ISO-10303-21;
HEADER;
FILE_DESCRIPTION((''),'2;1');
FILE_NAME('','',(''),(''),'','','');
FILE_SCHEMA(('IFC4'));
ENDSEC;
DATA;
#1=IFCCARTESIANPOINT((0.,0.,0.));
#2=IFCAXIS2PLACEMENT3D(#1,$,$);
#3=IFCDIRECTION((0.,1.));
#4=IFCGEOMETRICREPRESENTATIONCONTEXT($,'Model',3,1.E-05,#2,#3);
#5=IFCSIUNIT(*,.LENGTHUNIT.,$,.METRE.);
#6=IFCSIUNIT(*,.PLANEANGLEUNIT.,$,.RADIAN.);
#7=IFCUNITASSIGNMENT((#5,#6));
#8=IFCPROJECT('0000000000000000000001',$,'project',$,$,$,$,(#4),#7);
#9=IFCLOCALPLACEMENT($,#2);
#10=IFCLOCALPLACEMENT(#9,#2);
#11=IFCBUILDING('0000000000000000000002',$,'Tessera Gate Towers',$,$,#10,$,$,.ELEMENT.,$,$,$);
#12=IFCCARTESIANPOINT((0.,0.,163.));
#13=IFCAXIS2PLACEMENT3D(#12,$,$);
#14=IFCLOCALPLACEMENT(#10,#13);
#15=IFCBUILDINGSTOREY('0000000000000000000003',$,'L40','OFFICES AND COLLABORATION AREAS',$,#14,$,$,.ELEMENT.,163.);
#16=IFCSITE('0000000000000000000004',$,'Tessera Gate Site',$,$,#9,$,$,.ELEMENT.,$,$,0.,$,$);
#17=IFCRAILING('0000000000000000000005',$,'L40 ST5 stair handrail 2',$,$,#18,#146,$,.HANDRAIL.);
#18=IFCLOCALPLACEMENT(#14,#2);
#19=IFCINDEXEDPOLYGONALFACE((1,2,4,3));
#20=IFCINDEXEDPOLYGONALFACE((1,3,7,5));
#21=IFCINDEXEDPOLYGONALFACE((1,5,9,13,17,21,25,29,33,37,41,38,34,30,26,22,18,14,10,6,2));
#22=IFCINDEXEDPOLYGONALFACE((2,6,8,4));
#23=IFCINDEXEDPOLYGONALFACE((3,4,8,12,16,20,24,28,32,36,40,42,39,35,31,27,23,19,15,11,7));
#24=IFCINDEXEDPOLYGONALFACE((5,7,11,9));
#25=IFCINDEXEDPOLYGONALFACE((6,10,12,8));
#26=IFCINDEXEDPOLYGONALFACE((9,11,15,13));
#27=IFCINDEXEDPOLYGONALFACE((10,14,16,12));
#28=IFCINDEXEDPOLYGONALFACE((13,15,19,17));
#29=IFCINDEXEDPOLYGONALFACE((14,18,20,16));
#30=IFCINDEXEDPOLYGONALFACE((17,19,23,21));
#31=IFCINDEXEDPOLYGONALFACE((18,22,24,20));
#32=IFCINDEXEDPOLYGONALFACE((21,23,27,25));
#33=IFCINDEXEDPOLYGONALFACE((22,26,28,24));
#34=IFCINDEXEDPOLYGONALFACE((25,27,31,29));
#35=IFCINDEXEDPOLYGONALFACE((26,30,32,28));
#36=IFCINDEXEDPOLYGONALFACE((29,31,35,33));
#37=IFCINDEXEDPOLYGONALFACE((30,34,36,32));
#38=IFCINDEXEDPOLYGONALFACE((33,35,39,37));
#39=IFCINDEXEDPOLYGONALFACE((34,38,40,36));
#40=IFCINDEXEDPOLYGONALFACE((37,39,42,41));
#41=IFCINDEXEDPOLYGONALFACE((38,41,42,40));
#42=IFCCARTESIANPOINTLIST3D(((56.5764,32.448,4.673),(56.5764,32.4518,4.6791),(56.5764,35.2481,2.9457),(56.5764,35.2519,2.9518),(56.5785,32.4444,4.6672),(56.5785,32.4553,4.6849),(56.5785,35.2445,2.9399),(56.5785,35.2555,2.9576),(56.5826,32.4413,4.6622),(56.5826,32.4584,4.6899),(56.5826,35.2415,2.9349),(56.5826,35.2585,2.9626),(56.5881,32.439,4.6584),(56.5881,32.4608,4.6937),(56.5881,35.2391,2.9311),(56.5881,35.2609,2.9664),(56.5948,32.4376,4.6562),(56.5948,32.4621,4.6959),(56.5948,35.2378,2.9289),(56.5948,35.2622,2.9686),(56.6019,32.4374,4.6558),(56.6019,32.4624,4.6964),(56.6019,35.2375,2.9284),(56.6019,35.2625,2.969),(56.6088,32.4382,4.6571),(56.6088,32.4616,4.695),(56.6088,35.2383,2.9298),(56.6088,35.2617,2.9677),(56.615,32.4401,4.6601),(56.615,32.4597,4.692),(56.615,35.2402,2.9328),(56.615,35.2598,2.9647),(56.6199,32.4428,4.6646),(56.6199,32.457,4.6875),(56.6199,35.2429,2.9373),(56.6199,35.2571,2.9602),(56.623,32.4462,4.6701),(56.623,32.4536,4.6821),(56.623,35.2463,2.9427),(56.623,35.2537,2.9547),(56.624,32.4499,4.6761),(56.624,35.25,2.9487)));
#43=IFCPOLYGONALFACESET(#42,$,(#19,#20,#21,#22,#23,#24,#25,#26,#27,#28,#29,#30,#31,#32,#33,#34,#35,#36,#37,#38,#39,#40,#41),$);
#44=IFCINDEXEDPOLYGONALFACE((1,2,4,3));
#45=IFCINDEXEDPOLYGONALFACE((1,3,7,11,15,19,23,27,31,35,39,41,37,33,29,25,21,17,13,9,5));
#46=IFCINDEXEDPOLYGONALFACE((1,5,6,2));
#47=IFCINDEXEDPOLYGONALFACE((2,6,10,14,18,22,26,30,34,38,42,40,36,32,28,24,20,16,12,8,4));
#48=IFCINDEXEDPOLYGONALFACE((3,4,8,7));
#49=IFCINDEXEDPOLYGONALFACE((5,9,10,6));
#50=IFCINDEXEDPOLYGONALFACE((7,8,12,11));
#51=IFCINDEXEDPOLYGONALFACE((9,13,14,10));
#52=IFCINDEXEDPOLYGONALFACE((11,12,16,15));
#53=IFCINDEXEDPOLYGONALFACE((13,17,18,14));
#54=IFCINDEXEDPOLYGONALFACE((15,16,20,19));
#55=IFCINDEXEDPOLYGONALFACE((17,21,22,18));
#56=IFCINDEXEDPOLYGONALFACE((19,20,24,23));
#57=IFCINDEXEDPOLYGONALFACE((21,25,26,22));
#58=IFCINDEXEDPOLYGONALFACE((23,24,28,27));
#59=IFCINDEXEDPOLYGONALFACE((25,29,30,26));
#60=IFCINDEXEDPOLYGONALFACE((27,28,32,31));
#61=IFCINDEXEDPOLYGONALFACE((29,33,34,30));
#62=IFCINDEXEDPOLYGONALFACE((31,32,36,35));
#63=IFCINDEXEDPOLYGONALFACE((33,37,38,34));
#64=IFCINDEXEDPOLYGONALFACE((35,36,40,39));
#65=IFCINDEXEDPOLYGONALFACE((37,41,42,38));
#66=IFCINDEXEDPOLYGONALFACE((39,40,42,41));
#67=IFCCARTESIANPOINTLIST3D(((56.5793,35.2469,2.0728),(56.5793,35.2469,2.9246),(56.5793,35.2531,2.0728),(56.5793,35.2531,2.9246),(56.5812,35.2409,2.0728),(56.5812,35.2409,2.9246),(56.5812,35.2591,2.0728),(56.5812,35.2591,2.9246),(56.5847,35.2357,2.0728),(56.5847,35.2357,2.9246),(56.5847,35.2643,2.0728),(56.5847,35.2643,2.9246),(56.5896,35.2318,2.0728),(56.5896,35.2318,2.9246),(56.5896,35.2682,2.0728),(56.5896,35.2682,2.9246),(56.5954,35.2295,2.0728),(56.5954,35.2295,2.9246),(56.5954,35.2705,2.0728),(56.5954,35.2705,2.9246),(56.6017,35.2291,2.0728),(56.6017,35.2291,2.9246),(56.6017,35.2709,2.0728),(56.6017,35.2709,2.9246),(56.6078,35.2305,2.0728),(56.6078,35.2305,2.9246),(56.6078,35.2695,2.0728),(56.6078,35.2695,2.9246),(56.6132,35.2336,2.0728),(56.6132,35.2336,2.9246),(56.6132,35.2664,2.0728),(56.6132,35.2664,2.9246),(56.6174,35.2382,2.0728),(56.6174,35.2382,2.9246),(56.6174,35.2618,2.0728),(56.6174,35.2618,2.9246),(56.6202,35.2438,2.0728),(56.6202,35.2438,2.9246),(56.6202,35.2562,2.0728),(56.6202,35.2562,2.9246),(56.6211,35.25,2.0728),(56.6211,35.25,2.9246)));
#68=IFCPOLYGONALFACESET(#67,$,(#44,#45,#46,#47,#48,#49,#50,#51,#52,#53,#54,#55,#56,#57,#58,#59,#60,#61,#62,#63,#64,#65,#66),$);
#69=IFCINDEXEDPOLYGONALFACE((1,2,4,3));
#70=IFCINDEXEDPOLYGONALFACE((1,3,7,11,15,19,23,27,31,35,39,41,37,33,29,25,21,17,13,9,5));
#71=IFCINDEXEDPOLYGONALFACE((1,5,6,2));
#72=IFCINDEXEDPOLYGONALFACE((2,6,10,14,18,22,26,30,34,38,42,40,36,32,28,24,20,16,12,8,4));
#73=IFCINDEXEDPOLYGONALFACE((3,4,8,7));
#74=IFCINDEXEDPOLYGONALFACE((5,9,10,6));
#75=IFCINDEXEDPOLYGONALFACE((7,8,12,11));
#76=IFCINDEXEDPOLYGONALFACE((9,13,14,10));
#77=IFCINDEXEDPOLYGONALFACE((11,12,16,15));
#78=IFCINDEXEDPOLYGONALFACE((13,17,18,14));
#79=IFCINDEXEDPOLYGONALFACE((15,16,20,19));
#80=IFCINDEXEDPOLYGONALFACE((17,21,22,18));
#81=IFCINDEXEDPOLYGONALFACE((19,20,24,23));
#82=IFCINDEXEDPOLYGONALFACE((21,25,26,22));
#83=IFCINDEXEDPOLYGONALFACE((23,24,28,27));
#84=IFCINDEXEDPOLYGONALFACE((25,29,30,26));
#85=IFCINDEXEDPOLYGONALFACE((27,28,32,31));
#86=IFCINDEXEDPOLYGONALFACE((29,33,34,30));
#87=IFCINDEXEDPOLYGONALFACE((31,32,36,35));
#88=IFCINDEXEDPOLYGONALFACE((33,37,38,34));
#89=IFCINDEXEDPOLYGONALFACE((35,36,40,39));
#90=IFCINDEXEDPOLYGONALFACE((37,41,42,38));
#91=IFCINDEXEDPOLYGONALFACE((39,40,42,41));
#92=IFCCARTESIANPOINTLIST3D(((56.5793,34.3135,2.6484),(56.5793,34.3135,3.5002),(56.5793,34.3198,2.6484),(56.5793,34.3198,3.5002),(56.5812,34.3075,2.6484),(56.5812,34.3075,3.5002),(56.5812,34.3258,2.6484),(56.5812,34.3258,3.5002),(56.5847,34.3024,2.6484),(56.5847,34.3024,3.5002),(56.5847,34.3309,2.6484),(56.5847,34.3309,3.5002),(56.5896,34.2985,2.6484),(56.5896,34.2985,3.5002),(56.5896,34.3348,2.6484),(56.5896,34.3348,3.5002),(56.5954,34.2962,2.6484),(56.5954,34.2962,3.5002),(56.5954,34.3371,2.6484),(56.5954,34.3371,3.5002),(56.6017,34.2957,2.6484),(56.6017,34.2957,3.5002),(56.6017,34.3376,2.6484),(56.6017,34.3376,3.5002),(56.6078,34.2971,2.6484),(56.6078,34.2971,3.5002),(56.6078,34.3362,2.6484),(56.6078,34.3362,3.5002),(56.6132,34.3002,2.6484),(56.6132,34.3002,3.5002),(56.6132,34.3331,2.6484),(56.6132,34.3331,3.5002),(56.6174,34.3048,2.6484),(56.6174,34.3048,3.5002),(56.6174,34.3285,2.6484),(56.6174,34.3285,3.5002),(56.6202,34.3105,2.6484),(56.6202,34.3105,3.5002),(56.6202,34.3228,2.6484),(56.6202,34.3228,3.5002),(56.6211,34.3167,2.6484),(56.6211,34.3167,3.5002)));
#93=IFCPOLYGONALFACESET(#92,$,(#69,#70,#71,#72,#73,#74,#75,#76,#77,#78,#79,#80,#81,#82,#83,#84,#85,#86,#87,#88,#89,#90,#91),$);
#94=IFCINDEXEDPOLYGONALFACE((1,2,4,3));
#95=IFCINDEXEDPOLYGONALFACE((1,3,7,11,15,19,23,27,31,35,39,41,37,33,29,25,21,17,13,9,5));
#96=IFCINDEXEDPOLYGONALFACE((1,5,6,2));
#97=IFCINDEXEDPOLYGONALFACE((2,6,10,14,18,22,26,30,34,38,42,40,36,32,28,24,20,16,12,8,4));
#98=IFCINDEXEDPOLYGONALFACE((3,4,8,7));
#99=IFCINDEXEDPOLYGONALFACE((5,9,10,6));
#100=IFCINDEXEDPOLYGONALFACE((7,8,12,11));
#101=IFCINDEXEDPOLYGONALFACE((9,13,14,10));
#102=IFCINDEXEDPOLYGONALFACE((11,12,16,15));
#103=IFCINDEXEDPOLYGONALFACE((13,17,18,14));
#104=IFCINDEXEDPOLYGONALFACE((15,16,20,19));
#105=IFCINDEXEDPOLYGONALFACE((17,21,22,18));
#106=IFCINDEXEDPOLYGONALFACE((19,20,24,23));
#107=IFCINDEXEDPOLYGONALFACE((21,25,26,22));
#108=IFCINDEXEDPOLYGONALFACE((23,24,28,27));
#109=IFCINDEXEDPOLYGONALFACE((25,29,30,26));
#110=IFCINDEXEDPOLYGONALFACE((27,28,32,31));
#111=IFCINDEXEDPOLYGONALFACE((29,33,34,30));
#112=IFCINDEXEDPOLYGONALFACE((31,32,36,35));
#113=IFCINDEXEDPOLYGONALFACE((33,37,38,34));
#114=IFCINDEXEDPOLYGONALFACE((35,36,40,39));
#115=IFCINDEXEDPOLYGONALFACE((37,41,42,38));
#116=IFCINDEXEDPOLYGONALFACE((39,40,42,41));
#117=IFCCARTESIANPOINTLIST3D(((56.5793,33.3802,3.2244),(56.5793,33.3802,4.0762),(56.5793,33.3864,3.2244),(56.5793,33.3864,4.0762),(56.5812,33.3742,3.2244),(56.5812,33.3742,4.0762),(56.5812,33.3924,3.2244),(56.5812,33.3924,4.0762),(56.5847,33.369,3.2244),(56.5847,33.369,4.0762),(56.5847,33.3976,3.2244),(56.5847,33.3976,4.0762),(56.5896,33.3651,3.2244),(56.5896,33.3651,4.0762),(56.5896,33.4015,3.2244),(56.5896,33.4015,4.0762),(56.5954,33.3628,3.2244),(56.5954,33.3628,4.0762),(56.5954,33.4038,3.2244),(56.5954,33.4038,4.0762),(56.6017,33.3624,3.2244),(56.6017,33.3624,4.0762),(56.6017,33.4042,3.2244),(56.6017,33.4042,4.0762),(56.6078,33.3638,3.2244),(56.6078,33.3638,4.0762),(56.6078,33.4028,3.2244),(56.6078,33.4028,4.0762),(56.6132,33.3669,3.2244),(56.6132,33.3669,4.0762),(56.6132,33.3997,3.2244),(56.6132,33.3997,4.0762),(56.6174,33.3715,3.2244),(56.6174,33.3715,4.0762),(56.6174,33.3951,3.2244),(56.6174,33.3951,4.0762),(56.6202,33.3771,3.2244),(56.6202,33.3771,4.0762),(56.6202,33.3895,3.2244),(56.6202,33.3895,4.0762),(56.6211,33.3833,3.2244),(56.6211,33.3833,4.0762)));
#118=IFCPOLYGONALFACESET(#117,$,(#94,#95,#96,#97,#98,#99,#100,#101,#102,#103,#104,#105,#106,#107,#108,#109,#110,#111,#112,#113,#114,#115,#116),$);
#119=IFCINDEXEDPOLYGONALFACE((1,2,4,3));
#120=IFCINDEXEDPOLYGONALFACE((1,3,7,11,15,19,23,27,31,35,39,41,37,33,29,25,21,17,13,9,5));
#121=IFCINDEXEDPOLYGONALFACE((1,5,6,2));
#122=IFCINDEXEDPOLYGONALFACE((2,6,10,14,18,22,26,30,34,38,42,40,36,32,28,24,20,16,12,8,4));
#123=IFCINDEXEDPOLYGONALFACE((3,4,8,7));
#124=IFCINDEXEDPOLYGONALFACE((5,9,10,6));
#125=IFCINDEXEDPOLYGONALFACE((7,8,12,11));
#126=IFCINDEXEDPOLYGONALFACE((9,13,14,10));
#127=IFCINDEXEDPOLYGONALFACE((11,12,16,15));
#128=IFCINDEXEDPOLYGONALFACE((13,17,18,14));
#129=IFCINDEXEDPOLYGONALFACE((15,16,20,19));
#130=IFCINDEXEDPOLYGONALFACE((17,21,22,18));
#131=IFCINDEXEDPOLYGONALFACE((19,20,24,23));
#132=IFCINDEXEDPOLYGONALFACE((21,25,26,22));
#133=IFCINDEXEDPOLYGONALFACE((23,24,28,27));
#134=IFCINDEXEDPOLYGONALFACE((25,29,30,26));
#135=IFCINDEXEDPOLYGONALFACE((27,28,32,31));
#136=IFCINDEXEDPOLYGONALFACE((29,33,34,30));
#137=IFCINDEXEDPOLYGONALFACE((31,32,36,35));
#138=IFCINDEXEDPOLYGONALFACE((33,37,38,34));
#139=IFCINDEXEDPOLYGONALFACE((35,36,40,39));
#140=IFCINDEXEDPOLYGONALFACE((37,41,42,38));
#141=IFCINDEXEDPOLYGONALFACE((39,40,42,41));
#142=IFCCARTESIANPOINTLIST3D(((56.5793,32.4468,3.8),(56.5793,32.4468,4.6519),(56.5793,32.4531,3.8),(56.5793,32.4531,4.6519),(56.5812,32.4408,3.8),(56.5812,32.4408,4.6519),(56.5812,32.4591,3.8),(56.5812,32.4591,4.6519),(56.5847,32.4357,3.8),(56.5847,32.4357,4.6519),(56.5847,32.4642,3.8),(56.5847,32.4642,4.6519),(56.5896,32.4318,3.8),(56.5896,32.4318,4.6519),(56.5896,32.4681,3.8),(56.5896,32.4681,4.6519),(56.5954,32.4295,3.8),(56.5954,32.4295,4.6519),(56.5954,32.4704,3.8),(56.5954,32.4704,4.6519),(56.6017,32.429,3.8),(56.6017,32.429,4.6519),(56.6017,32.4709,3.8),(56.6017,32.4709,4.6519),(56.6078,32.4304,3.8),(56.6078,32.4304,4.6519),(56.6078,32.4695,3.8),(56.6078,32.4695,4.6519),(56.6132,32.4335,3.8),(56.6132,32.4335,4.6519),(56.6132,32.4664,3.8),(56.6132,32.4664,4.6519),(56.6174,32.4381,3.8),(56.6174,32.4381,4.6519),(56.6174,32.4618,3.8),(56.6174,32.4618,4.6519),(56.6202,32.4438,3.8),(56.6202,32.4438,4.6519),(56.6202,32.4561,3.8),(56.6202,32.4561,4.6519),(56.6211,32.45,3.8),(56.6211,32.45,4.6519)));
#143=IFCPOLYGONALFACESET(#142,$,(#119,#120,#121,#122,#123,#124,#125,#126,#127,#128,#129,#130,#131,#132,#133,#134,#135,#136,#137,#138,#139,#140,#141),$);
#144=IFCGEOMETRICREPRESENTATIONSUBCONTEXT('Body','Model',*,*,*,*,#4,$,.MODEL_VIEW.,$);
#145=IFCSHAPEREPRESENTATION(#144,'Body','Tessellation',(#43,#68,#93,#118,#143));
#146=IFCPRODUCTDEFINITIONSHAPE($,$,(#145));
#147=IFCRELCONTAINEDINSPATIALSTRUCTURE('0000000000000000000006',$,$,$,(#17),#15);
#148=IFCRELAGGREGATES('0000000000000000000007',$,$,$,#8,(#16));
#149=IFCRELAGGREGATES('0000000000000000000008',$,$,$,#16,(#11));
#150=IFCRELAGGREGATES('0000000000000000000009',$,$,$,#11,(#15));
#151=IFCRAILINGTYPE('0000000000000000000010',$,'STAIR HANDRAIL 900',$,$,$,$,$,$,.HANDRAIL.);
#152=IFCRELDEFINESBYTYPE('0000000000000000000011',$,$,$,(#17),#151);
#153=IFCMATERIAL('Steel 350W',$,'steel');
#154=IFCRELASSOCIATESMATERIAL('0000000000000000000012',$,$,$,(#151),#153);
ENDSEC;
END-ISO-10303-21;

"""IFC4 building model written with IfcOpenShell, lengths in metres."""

from ifc_helpers import new_model, si_unit, direction, frame, origin, origin_2d, place, context, subcontext, project, spatial, circle, extrude, material, type_object, element, save


model = new_model("IFC4")

# Units and contexts
model_context = context("Model", 3, precision=1e-05, world=origin(), true_north=direction((0.0, 1.0)))
body_context = subcontext(model_context, "Body", "Model", "MODEL_VIEW")
ifc_project = project(units=[si_unit("LENGTHUNIT", "METRE"), si_unit("PLANEANGLEUNIT", "RADIAN")], contexts=[model_context])

# Site, building, storey
site_placement = place(None, origin())
site = spatial("IfcSite", under=ifc_project, at=site_placement, Name="Tessera Gate Site", CompositionType="ELEMENT", RefElevation=0.0)
building_placement = place(site_placement, origin())
building = spatial("IfcBuilding", under=site, at=building_placement, Name="Tessera Gate Towers", CompositionType="ELEMENT")
storey_placement = place(building_placement, frame((0.0, 0.0, 163.0)))
storey = spatial("IfcBuildingStorey", under=building, at=storey_placement, Name="L40", Description="OFFICES AND COLLABORATION AREAS", CompositionType="ELEMENT", Elevation=163.0)

# Railing
ifc_material_1 = material(Name="Steel 350W", Category="steel")
railing_type_1 = type_object("IfcRailingType", Name="STAIR HANDRAIL 900", PredefinedType="HANDRAIL", material=ifc_material_1)
railing_1_placement = place(storey_placement, frame((56.6001, 35.25, 2.0728)))
element("IfcRailing", 1, at=railing_1_placement, inside=storey, type_object=railing_type_1, Name="L40 ST5 stair handrail 2", PredefinedType="HANDRAIL", context=body_context, shape_type="SweptSolid", body=[
    extrude(circle(Radius=0.0239, at=origin_2d()), frame((0.0, 0.0, 0.876), z_axis=(0.0, -0.85109, 0.52502), x_axis=(1.0, 0.0, 0.0)), (0.0, 0.0, 1.0), 3.29),
    extrude(circle(Radius=0.021, at=origin_2d()), origin(), (0.0, 0.0, 1.0), 0.8518),
    extrude(circle(Radius=0.021, at=origin_2d()), frame((0.0, -0.9333, 0.5757)), (0.0, 0.0, 1.0), 0.8518),
    extrude(circle(Radius=0.021, at=origin_2d()), frame((0.0, -1.8667, 1.1516)), (0.0, 0.0, 1.0), 0.8518),
    extrude(circle(Radius=0.021, at=origin_2d()), frame((0.0, -2.8, 1.7273)), (0.0, 0.0, 1.0), 0.8518),
])

save(model, "model.ifc")
